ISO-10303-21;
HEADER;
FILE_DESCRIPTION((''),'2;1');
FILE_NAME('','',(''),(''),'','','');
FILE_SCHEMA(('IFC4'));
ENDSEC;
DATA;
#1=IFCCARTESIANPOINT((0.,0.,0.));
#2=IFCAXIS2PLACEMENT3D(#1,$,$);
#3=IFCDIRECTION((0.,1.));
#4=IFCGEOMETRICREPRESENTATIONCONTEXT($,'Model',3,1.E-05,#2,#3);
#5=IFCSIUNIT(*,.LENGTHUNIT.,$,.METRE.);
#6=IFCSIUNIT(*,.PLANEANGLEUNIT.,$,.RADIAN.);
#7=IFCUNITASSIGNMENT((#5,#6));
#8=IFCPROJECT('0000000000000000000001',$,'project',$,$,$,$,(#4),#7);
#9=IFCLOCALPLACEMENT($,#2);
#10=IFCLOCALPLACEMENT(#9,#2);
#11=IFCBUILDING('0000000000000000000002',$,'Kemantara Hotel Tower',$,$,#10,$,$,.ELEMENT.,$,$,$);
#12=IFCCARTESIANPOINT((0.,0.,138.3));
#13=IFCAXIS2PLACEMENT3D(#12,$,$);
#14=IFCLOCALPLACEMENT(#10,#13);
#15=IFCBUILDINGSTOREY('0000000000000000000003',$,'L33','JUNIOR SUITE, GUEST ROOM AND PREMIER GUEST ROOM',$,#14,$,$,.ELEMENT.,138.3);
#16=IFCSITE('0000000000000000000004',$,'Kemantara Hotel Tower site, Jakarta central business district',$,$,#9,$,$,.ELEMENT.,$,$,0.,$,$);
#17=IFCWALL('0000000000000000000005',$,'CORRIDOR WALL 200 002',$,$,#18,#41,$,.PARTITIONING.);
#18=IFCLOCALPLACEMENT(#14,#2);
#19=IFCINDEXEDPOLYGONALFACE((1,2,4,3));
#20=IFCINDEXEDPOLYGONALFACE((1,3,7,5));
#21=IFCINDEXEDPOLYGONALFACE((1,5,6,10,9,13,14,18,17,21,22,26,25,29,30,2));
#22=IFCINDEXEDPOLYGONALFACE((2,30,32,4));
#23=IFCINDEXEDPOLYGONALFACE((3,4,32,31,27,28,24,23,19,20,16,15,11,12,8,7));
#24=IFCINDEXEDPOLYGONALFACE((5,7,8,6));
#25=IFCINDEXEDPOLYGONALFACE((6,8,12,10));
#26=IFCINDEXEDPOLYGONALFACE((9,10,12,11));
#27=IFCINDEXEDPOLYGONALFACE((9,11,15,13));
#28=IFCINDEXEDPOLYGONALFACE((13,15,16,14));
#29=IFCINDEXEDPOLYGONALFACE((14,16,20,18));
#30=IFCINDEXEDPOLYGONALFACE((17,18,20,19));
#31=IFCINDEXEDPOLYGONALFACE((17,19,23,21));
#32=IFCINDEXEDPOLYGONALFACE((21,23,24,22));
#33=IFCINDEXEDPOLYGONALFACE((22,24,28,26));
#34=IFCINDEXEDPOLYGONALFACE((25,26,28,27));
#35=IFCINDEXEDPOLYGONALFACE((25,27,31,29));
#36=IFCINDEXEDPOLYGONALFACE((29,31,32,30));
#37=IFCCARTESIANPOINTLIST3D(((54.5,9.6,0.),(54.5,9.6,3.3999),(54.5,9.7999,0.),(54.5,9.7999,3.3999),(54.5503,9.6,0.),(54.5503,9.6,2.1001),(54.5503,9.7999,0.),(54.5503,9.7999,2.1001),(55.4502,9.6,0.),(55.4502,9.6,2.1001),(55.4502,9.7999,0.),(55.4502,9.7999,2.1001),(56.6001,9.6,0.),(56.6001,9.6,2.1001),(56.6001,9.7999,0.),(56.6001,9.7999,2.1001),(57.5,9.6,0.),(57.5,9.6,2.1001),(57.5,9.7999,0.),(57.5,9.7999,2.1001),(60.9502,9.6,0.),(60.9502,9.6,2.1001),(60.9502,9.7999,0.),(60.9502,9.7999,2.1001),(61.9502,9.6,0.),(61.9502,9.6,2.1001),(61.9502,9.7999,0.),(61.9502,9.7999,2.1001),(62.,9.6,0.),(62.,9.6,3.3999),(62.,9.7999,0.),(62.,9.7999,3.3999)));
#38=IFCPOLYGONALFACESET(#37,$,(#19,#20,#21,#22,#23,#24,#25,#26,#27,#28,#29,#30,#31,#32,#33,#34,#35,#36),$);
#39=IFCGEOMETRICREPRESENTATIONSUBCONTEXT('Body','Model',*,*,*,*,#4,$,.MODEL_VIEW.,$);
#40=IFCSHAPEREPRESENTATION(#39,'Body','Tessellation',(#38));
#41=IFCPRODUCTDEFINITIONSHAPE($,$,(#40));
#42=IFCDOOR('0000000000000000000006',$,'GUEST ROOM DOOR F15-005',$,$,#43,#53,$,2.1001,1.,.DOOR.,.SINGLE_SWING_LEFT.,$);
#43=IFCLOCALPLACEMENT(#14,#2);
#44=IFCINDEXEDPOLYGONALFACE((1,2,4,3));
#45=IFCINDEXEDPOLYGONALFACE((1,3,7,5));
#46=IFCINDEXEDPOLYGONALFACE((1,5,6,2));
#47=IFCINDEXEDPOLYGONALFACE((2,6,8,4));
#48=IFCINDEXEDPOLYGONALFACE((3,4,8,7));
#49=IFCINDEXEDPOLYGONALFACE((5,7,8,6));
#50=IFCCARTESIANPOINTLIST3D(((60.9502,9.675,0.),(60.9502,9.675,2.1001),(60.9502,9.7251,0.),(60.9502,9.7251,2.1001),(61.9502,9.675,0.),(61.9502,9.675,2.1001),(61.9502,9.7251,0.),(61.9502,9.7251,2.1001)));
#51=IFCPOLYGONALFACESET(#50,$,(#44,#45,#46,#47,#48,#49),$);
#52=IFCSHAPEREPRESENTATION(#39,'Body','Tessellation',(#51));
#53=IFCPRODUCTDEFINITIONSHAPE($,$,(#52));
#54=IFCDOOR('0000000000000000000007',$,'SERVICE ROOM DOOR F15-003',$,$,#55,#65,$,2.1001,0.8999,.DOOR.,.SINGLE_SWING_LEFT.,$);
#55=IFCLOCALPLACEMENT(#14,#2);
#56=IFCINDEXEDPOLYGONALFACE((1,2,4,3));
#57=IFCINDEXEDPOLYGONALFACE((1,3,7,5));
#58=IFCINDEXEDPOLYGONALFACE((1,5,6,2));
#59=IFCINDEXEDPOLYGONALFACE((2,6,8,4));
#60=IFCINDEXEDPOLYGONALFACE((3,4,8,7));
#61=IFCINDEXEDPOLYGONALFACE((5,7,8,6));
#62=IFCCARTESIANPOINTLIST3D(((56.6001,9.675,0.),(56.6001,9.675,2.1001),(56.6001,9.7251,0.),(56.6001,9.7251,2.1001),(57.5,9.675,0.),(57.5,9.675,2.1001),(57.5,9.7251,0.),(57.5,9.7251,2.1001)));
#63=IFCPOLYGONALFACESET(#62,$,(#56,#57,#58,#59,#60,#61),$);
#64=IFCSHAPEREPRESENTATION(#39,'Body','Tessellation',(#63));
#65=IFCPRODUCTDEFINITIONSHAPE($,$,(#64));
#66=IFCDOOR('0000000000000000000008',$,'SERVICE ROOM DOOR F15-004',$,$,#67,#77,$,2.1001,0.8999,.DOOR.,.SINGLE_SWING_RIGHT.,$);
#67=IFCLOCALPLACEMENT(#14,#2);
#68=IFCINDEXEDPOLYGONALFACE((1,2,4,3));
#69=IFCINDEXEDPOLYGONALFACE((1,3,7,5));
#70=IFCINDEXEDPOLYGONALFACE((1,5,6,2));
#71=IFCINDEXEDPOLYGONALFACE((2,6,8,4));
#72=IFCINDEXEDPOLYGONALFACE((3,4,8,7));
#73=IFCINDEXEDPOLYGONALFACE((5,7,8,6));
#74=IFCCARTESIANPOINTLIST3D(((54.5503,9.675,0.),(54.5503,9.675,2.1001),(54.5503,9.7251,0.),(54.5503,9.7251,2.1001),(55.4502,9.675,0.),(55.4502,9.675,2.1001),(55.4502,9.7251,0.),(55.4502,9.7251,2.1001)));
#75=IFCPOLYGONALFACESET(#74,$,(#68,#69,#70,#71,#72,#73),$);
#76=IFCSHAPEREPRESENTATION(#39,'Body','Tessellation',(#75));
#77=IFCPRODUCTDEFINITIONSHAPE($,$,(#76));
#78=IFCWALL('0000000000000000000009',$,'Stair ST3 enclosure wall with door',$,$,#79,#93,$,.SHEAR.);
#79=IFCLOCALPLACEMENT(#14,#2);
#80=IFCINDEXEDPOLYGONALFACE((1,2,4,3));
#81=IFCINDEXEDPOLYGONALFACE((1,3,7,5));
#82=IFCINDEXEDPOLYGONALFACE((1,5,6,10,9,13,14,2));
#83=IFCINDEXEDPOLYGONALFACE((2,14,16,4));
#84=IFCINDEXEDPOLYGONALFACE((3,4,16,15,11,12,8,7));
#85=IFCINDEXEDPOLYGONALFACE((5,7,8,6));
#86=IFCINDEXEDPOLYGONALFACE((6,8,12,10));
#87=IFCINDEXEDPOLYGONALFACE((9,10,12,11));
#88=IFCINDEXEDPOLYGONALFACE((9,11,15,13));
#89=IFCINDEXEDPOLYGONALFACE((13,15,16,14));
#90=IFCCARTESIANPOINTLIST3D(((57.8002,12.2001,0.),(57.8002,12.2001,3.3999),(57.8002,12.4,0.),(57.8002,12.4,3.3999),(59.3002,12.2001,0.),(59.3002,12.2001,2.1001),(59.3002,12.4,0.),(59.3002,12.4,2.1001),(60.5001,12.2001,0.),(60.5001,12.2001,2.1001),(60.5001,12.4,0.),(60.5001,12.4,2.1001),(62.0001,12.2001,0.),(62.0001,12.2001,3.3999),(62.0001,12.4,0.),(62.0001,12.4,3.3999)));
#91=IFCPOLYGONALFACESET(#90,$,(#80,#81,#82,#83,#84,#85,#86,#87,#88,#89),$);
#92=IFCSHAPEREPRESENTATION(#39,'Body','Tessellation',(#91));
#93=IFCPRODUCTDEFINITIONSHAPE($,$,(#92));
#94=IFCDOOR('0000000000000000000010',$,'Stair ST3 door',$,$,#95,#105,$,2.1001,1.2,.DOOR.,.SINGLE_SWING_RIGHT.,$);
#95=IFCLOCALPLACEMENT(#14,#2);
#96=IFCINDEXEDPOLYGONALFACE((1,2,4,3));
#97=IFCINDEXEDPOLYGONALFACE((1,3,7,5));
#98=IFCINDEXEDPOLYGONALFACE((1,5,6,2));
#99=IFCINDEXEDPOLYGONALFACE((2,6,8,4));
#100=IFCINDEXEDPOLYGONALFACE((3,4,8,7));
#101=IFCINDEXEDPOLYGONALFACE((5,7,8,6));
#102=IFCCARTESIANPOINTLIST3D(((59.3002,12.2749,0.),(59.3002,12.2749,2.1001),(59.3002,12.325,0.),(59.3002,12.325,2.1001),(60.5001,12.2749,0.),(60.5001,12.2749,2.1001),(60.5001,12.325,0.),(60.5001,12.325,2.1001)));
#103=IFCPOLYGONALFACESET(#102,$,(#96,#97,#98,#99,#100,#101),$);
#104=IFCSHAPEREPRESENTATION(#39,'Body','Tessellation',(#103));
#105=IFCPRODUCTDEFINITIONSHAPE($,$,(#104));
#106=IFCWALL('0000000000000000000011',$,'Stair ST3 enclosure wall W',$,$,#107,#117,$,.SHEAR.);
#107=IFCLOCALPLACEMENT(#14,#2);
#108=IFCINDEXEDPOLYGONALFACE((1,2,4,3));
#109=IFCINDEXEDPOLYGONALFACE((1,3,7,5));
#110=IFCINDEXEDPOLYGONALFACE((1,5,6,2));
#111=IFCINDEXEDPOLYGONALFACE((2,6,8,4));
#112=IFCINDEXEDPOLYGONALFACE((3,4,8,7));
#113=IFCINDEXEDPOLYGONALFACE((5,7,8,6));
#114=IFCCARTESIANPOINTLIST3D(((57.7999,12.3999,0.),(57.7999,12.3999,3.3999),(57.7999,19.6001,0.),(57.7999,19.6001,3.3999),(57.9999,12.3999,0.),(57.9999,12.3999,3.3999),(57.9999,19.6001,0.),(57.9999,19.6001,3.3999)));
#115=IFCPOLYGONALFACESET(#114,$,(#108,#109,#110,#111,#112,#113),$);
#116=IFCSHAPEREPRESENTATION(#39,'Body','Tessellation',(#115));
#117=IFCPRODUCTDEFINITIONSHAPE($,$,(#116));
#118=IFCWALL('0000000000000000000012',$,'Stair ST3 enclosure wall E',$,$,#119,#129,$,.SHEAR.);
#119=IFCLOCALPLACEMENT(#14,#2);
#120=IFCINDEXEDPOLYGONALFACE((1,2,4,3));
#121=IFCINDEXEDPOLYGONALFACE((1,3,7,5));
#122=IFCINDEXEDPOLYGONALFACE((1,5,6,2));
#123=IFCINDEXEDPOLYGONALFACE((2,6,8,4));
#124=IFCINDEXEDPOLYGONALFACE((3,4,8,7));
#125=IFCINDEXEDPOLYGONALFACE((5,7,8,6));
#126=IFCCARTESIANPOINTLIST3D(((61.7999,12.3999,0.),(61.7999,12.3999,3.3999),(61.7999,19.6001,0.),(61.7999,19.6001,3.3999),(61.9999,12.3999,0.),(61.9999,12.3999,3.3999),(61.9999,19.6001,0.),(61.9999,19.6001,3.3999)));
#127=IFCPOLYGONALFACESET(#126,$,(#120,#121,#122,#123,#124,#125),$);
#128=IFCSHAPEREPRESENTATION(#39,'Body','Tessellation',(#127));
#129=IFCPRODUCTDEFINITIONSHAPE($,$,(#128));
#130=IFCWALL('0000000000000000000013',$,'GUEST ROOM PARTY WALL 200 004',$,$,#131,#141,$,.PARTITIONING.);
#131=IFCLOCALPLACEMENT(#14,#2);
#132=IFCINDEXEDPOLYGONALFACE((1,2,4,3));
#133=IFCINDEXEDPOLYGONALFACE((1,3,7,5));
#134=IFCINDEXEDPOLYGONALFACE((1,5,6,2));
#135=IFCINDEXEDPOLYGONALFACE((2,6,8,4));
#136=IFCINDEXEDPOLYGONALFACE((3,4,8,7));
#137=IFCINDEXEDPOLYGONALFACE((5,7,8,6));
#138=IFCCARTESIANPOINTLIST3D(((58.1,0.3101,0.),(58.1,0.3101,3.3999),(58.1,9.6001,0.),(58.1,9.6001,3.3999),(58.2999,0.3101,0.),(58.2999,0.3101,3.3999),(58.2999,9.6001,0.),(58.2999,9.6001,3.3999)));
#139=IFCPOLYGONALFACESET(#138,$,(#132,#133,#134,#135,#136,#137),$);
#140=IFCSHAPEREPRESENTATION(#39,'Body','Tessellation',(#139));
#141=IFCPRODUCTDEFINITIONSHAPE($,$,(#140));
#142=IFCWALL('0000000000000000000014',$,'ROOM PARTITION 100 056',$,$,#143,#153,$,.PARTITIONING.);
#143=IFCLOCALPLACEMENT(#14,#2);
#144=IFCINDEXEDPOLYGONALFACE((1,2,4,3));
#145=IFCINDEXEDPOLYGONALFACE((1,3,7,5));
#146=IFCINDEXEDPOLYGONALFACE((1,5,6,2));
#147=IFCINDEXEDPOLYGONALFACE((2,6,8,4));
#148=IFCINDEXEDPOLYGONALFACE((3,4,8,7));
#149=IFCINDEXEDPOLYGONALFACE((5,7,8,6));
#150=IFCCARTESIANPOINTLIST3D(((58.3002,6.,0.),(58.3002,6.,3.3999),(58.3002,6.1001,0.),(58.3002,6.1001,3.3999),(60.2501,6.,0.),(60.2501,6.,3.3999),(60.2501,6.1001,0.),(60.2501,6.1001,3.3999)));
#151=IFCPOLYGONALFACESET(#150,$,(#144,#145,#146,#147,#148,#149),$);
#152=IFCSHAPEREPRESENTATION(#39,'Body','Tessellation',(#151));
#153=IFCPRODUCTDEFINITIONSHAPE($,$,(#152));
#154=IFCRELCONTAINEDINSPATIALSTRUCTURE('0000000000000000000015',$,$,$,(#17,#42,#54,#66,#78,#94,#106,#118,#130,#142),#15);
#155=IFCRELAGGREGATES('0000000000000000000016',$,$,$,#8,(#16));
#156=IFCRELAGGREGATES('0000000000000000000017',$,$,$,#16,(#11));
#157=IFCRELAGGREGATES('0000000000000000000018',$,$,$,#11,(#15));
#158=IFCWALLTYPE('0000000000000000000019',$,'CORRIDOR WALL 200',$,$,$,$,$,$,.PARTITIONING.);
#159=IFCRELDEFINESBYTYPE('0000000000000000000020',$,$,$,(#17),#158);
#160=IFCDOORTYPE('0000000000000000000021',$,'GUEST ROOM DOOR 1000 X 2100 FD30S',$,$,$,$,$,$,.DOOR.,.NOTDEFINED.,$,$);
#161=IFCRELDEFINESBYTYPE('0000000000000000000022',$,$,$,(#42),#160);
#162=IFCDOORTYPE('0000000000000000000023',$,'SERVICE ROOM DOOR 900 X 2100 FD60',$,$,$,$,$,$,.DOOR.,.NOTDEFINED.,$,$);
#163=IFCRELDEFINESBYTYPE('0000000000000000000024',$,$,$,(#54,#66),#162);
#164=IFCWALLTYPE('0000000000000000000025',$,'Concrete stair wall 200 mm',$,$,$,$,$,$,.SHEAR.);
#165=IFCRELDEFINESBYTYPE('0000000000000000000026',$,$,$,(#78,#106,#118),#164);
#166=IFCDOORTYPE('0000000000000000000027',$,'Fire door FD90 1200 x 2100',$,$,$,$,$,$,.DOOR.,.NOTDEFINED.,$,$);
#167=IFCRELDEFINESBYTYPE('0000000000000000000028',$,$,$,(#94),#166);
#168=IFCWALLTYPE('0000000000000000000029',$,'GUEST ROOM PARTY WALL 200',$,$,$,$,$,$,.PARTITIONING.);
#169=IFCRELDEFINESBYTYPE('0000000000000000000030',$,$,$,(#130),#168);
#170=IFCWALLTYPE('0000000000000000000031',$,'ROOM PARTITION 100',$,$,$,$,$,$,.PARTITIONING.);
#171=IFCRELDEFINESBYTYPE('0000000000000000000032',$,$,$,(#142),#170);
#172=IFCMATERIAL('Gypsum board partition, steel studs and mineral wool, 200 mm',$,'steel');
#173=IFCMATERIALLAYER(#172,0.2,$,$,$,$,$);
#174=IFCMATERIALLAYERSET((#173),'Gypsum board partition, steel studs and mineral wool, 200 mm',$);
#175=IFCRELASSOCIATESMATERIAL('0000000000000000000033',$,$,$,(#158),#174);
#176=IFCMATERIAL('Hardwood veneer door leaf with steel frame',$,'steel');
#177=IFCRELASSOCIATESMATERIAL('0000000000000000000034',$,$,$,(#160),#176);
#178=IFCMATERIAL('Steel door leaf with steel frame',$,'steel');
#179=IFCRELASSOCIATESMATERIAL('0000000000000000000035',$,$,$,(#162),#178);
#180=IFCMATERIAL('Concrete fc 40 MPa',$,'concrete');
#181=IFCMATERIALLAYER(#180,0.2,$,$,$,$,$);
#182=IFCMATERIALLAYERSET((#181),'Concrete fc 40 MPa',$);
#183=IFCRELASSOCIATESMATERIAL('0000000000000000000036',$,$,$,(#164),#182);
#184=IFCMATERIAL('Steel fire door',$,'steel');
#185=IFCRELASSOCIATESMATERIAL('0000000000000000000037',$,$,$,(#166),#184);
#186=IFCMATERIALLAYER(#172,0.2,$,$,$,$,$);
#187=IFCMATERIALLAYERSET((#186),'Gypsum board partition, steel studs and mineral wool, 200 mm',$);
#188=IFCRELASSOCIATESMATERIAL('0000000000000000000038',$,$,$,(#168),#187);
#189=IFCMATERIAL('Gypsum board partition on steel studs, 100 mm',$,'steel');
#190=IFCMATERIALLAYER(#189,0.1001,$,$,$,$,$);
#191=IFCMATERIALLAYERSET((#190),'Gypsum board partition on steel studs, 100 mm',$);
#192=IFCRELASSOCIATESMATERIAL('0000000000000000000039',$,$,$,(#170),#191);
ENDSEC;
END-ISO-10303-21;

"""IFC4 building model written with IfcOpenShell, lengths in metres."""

from ifc_helpers import new_model, si_unit, direction, frame, frame_2d, origin, place, context, subcontext, project, spatial, rectangle, extrude, material, layer, layer_set, type_object, element, fill, save


model = new_model("IFC4")

# Units and contexts
model_context = context("Model", 3, precision=1e-05, world=origin(), true_north=direction((0.0, 1.0)))
body_context = subcontext(model_context, "Body", "Model", "MODEL_VIEW")
ifc_project = project(units=[si_unit("LENGTHUNIT", "METRE"), si_unit("PLANEANGLEUNIT", "RADIAN")], contexts=[model_context])

# Site, building, storey
site_placement = place(None, origin())
site = spatial("IfcSite", under=ifc_project, at=site_placement, Name="Kemantara Hotel Tower site, Jakarta central business district", CompositionType="ELEMENT", RefElevation=0.0)
building_placement = place(site_placement, origin())
building = spatial("IfcBuilding", under=site, at=building_placement, Name="Kemantara Hotel Tower", CompositionType="ELEMENT")
storey_placement = place(building_placement, frame((0.0, 0.0, 138.3)))
storey = spatial("IfcBuildingStorey", under=building, at=storey_placement, Name="L33", Description="JUNIOR SUITE, GUEST ROOM AND PREMIER GUEST ROOM", CompositionType="ELEMENT", Elevation=138.3)

# Wall, openings, doors
ifc_material_1 = material(Name="Gypsum board partition, steel studs and mineral wool, 200 mm", Category="steel")
ifc_layer_1 = layer(ifc_material_1, 0.2)
ifc_layer_set_1 = layer_set([ifc_layer_1], Name="Gypsum board partition, steel studs and mineral wool, 200 mm")
wall_type_1 = type_object("IfcWallType", Name="CORRIDOR WALL 200", PredefinedType="PARTITIONING", material=ifc_layer_set_1)
wall_1_placement = place(storey_placement, frame((62.0, 9.7, 0.0), z_axis=(0.0, 0.0, 1.0), x_axis=(-1.0, 0.0, 0.0)))
wall_1 = element("IfcWall", 1, at=wall_1_placement, inside=storey, type_object=wall_type_1, Name="CORRIDOR WALL 200 002", PredefinedType="PARTITIONING", context=body_context, shape_type="SweptSolid", body=[
    extrude(rectangle(XDim=7.5, YDim=0.2, at=frame_2d((3.75, 0.0))), origin(), (0.0, 0.0, 1.0), 3.3999),
])
opening_1_placement = place(wall_1_placement, frame((4.5, 0.0, 0.0)))
opening_1 = element("IfcOpeningElement", 2, at=opening_1_placement, cuts=wall_1, PredefinedType="OPENING", context=body_context, shape_type="SweptSolid", body=[
    extrude(rectangle(XDim=0.8999, YDim=2.1001, at=frame_2d((0.45, 1.05))), frame((0.0, 0.1099, 0.0), z_axis=(0.0, -1.0, 0.0), x_axis=(1.0, 0.0, 0.0)), (0.0, 0.0, 1.0), 0.22),
])
opening_2_placement = place(wall_1_placement, frame((6.5498, 0.0, 0.0)))
opening_2 = element("IfcOpeningElement", 3, at=opening_2_placement, cuts=wall_1, PredefinedType="OPENING", context=body_context, shape_type="SweptSolid", body=[
    extrude(rectangle(XDim=0.8999, YDim=2.1001, at=frame_2d((0.45, 1.05))), frame((0.0, 0.1099, 0.0), z_axis=(0.0, -1.0, 0.0), x_axis=(1.0, 0.0, 0.0)), (0.0, 0.0, 1.0), 0.22),
])
opening_3_placement = place(wall_1_placement, frame((0.0498, 0.0, 0.0)))
opening_3 = element("IfcOpeningElement", 4, at=opening_3_placement, cuts=wall_1, PredefinedType="OPENING", context=body_context, shape_type="SweptSolid", body=[
    extrude(rectangle(XDim=1.0, YDim=2.1001, at=frame_2d((0.5, 1.05))), frame((0.0, 0.1099, 0.0), z_axis=(0.0, -1.0, 0.0), x_axis=(1.0, 0.0, 0.0)), (0.0, 0.0, 1.0), 0.22),
])
ifc_material_2 = material(Name="Hardwood veneer door leaf with steel frame", Category="steel")
door_type_1 = type_object("IfcDoorType", Name="GUEST ROOM DOOR 1000 X 2100 FD30S", OperationType="NOTDEFINED", PredefinedType="DOOR", material=ifc_material_2)
door_1_placement = place(opening_3_placement, origin())
door_1 = element("IfcDoor", 5, at=door_1_placement, inside=storey, type_object=door_type_1, Name="GUEST ROOM DOOR F15-005", OperationType="SINGLE_SWING_LEFT", OverallHeight=2.1001, OverallWidth=1.0, PredefinedType="DOOR", context=body_context, shape_type="SweptSolid", body=[
    extrude(rectangle(XDim=1.0, YDim=2.1001, at=frame_2d((0.5, 1.05))), frame((0.0, 0.0249, 0.0), z_axis=(0.0, -1.0, 0.0), x_axis=(1.0, 0.0, 0.0)), (0.0, 0.0, 1.0), 0.05),
])
fill(opening_3, door_1)
ifc_material_3 = material(Name="Steel door leaf with steel frame", Category="steel")
door_type_2 = type_object("IfcDoorType", Name="SERVICE ROOM DOOR 900 X 2100 FD60", OperationType="NOTDEFINED", PredefinedType="DOOR", material=ifc_material_3)
door_2_placement = place(opening_1_placement, origin())
door_2 = element("IfcDoor", 6, at=door_2_placement, inside=storey, type_object=door_type_2, Name="SERVICE ROOM DOOR F15-003", OperationType="SINGLE_SWING_LEFT", OverallHeight=2.1001, OverallWidth=0.8999, PredefinedType="DOOR", context=body_context, shape_type="SweptSolid", body=[
    extrude(rectangle(XDim=0.8999, YDim=2.1001, at=frame_2d((0.45, 1.05))), frame((0.0, 0.0249, 0.0), z_axis=(0.0, -1.0, 0.0), x_axis=(1.0, 0.0, 0.0)), (0.0, 0.0, 1.0), 0.05),
])
fill(opening_1, door_2)
door_3_placement = place(opening_2_placement, origin())
door_3 = element("IfcDoor", 7, at=door_3_placement, inside=storey, type_object=door_type_2, Name="SERVICE ROOM DOOR F15-004", OperationType="SINGLE_SWING_RIGHT", OverallHeight=2.1001, OverallWidth=0.8999, PredefinedType="DOOR", context=body_context, shape_type="SweptSolid", body=[
    extrude(rectangle(XDim=0.8999, YDim=2.1001, at=frame_2d((0.45, 1.05))), frame((0.0, 0.0249, 0.0), z_axis=(0.0, -1.0, 0.0), x_axis=(1.0, 0.0, 0.0)), (0.0, 0.0, 1.0), 0.05),
])
fill(opening_2, door_3)

# Wall, opening, door
ifc_material_4 = material(Name="Concrete fc 40 MPa", Category="concrete")
ifc_layer_2 = layer(ifc_material_4, 0.2)
ifc_layer_set_2 = layer_set([ifc_layer_2], Name="Concrete fc 40 MPa")
wall_type_2 = type_object("IfcWallType", Name="Concrete stair wall 200 mm", PredefinedType="SHEAR", material=ifc_layer_set_2)
wall_2_placement = place(storey_placement, frame((57.8, 12.3, 0.0), z_axis=(0.0, 0.0, 1.0), x_axis=(1.0, 0.0, 0.0)))
wall_2 = element("IfcWall", 8, at=wall_2_placement, inside=storey, type_object=wall_type_2, Name="Stair ST3 enclosure wall with door", PredefinedType="SHEAR", context=body_context, shape_type="SweptSolid", body=[
    extrude(rectangle(XDim=4.2, YDim=0.2, at=frame_2d((2.1001, 0.0))), origin(), (0.0, 0.0, 1.0), 3.3999),
])
opening_4_placement = place(wall_2_placement, frame((1.5, 0.0, 0.0)))
opening_4 = element("IfcOpeningElement", 9, at=opening_4_placement, cuts=wall_2, PredefinedType="OPENING", context=body_context, shape_type="SweptSolid", body=[
    extrude(rectangle(XDim=1.2, YDim=2.1001, at=frame_2d((0.6001, 1.05))), frame((0.0, 0.1099, 0.0), z_axis=(0.0, -1.0, 0.0), x_axis=(1.0, 0.0, 0.0)), (0.0, 0.0, 1.0), 0.22),
])
ifc_material_5 = material(Name="Steel fire door", Category="steel")
door_type_3 = type_object("IfcDoorType", Name="Fire door FD90 1200 x 2100", OperationType="NOTDEFINED", PredefinedType="DOOR", material=ifc_material_5)
door_4_placement = place(opening_4_placement, origin())
door_4 = element("IfcDoor", 10, at=door_4_placement, inside=storey, type_object=door_type_3, Name="Stair ST3 door", OperationType="SINGLE_SWING_RIGHT", OverallHeight=2.1001, OverallWidth=1.2, PredefinedType="DOOR", context=body_context, shape_type="SweptSolid", body=[
    extrude(rectangle(XDim=1.2, YDim=2.1001, at=frame_2d((0.6001, 1.05))), frame((0.0, 0.0249, 0.0), z_axis=(0.0, -1.0, 0.0), x_axis=(1.0, 0.0, 0.0)), (0.0, 0.0, 1.0), 0.05),
])
fill(opening_4, door_4)

# Walls
for number, where, z_axis, x_axis, name in (
    (11, (57.8999, 12.3999, 0.0), (0.0, 0.0, 1.0), (0.0, 1.0, 0.0), "Stair ST3 enclosure wall W"),
    (12, (61.8999, 12.3999, 0.0), (0.0, 0.0, 1.0), (0.0, 1.0, 0.0), "Stair ST3 enclosure wall E"),
):
    element("IfcWall", number, at=place(storey_placement, frame(where, z_axis=z_axis, x_axis=x_axis)), inside=storey, type_object=wall_type_2, Name=name, PredefinedType="SHEAR", context=body_context, shape_type="SweptSolid", body=[
        extrude(rectangle(XDim=7.2002, YDim=0.2, at=frame_2d((3.6001, 0.0))), origin(), (0.0, 0.0, 1.0), 3.3999),
    ])
ifc_layer_3 = layer(ifc_material_1, 0.2)
ifc_layer_set_3 = layer_set([ifc_layer_3], Name="Gypsum board partition, steel studs and mineral wool, 200 mm")
wall_type_3 = type_object("IfcWallType", Name="GUEST ROOM PARTY WALL 200", PredefinedType="PARTITIONING", material=ifc_layer_set_3)
wall_3_placement = place(storey_placement, frame((58.2, 0.3101, 0.0), z_axis=(0.0, 0.0, 1.0), x_axis=(0.0, 1.0, 0.0)))
element("IfcWall", 13, at=wall_3_placement, inside=storey, type_object=wall_type_3, Name="GUEST ROOM PARTY WALL 200 004", PredefinedType="PARTITIONING", context=body_context, shape_type="SweptSolid", body=[
    extrude(rectangle(XDim=9.29, YDim=0.2, at=frame_2d((4.645, 0.0))), origin(), (0.0, 0.0, 1.0), 3.3999),
])
ifc_material_6 = material(Name="Gypsum board partition on steel studs, 100 mm", Category="steel")
ifc_layer_4 = layer(ifc_material_6, 0.1001)
ifc_layer_set_4 = layer_set([ifc_layer_4], Name="Gypsum board partition on steel studs, 100 mm")
wall_type_4 = type_object("IfcWallType", Name="ROOM PARTITION 100", PredefinedType="PARTITIONING", material=ifc_layer_set_4)
wall_4_placement = place(storey_placement, frame((58.3, 6.05, 0.0), z_axis=(0.0, 0.0, 1.0), x_axis=(1.0, 0.0, 0.0)))
element("IfcWall", 14, at=wall_4_placement, inside=storey, type_object=wall_type_4, Name="ROOM PARTITION 100 056", PredefinedType="PARTITIONING", context=body_context, shape_type="SweptSolid", body=[
    extrude(rectangle(XDim=1.95, YDim=0.1001, at=frame_2d((0.9751, 0.0))), origin(), (0.0, 0.0, 1.0), 3.3999),
])

save(model, "model.ifc")
